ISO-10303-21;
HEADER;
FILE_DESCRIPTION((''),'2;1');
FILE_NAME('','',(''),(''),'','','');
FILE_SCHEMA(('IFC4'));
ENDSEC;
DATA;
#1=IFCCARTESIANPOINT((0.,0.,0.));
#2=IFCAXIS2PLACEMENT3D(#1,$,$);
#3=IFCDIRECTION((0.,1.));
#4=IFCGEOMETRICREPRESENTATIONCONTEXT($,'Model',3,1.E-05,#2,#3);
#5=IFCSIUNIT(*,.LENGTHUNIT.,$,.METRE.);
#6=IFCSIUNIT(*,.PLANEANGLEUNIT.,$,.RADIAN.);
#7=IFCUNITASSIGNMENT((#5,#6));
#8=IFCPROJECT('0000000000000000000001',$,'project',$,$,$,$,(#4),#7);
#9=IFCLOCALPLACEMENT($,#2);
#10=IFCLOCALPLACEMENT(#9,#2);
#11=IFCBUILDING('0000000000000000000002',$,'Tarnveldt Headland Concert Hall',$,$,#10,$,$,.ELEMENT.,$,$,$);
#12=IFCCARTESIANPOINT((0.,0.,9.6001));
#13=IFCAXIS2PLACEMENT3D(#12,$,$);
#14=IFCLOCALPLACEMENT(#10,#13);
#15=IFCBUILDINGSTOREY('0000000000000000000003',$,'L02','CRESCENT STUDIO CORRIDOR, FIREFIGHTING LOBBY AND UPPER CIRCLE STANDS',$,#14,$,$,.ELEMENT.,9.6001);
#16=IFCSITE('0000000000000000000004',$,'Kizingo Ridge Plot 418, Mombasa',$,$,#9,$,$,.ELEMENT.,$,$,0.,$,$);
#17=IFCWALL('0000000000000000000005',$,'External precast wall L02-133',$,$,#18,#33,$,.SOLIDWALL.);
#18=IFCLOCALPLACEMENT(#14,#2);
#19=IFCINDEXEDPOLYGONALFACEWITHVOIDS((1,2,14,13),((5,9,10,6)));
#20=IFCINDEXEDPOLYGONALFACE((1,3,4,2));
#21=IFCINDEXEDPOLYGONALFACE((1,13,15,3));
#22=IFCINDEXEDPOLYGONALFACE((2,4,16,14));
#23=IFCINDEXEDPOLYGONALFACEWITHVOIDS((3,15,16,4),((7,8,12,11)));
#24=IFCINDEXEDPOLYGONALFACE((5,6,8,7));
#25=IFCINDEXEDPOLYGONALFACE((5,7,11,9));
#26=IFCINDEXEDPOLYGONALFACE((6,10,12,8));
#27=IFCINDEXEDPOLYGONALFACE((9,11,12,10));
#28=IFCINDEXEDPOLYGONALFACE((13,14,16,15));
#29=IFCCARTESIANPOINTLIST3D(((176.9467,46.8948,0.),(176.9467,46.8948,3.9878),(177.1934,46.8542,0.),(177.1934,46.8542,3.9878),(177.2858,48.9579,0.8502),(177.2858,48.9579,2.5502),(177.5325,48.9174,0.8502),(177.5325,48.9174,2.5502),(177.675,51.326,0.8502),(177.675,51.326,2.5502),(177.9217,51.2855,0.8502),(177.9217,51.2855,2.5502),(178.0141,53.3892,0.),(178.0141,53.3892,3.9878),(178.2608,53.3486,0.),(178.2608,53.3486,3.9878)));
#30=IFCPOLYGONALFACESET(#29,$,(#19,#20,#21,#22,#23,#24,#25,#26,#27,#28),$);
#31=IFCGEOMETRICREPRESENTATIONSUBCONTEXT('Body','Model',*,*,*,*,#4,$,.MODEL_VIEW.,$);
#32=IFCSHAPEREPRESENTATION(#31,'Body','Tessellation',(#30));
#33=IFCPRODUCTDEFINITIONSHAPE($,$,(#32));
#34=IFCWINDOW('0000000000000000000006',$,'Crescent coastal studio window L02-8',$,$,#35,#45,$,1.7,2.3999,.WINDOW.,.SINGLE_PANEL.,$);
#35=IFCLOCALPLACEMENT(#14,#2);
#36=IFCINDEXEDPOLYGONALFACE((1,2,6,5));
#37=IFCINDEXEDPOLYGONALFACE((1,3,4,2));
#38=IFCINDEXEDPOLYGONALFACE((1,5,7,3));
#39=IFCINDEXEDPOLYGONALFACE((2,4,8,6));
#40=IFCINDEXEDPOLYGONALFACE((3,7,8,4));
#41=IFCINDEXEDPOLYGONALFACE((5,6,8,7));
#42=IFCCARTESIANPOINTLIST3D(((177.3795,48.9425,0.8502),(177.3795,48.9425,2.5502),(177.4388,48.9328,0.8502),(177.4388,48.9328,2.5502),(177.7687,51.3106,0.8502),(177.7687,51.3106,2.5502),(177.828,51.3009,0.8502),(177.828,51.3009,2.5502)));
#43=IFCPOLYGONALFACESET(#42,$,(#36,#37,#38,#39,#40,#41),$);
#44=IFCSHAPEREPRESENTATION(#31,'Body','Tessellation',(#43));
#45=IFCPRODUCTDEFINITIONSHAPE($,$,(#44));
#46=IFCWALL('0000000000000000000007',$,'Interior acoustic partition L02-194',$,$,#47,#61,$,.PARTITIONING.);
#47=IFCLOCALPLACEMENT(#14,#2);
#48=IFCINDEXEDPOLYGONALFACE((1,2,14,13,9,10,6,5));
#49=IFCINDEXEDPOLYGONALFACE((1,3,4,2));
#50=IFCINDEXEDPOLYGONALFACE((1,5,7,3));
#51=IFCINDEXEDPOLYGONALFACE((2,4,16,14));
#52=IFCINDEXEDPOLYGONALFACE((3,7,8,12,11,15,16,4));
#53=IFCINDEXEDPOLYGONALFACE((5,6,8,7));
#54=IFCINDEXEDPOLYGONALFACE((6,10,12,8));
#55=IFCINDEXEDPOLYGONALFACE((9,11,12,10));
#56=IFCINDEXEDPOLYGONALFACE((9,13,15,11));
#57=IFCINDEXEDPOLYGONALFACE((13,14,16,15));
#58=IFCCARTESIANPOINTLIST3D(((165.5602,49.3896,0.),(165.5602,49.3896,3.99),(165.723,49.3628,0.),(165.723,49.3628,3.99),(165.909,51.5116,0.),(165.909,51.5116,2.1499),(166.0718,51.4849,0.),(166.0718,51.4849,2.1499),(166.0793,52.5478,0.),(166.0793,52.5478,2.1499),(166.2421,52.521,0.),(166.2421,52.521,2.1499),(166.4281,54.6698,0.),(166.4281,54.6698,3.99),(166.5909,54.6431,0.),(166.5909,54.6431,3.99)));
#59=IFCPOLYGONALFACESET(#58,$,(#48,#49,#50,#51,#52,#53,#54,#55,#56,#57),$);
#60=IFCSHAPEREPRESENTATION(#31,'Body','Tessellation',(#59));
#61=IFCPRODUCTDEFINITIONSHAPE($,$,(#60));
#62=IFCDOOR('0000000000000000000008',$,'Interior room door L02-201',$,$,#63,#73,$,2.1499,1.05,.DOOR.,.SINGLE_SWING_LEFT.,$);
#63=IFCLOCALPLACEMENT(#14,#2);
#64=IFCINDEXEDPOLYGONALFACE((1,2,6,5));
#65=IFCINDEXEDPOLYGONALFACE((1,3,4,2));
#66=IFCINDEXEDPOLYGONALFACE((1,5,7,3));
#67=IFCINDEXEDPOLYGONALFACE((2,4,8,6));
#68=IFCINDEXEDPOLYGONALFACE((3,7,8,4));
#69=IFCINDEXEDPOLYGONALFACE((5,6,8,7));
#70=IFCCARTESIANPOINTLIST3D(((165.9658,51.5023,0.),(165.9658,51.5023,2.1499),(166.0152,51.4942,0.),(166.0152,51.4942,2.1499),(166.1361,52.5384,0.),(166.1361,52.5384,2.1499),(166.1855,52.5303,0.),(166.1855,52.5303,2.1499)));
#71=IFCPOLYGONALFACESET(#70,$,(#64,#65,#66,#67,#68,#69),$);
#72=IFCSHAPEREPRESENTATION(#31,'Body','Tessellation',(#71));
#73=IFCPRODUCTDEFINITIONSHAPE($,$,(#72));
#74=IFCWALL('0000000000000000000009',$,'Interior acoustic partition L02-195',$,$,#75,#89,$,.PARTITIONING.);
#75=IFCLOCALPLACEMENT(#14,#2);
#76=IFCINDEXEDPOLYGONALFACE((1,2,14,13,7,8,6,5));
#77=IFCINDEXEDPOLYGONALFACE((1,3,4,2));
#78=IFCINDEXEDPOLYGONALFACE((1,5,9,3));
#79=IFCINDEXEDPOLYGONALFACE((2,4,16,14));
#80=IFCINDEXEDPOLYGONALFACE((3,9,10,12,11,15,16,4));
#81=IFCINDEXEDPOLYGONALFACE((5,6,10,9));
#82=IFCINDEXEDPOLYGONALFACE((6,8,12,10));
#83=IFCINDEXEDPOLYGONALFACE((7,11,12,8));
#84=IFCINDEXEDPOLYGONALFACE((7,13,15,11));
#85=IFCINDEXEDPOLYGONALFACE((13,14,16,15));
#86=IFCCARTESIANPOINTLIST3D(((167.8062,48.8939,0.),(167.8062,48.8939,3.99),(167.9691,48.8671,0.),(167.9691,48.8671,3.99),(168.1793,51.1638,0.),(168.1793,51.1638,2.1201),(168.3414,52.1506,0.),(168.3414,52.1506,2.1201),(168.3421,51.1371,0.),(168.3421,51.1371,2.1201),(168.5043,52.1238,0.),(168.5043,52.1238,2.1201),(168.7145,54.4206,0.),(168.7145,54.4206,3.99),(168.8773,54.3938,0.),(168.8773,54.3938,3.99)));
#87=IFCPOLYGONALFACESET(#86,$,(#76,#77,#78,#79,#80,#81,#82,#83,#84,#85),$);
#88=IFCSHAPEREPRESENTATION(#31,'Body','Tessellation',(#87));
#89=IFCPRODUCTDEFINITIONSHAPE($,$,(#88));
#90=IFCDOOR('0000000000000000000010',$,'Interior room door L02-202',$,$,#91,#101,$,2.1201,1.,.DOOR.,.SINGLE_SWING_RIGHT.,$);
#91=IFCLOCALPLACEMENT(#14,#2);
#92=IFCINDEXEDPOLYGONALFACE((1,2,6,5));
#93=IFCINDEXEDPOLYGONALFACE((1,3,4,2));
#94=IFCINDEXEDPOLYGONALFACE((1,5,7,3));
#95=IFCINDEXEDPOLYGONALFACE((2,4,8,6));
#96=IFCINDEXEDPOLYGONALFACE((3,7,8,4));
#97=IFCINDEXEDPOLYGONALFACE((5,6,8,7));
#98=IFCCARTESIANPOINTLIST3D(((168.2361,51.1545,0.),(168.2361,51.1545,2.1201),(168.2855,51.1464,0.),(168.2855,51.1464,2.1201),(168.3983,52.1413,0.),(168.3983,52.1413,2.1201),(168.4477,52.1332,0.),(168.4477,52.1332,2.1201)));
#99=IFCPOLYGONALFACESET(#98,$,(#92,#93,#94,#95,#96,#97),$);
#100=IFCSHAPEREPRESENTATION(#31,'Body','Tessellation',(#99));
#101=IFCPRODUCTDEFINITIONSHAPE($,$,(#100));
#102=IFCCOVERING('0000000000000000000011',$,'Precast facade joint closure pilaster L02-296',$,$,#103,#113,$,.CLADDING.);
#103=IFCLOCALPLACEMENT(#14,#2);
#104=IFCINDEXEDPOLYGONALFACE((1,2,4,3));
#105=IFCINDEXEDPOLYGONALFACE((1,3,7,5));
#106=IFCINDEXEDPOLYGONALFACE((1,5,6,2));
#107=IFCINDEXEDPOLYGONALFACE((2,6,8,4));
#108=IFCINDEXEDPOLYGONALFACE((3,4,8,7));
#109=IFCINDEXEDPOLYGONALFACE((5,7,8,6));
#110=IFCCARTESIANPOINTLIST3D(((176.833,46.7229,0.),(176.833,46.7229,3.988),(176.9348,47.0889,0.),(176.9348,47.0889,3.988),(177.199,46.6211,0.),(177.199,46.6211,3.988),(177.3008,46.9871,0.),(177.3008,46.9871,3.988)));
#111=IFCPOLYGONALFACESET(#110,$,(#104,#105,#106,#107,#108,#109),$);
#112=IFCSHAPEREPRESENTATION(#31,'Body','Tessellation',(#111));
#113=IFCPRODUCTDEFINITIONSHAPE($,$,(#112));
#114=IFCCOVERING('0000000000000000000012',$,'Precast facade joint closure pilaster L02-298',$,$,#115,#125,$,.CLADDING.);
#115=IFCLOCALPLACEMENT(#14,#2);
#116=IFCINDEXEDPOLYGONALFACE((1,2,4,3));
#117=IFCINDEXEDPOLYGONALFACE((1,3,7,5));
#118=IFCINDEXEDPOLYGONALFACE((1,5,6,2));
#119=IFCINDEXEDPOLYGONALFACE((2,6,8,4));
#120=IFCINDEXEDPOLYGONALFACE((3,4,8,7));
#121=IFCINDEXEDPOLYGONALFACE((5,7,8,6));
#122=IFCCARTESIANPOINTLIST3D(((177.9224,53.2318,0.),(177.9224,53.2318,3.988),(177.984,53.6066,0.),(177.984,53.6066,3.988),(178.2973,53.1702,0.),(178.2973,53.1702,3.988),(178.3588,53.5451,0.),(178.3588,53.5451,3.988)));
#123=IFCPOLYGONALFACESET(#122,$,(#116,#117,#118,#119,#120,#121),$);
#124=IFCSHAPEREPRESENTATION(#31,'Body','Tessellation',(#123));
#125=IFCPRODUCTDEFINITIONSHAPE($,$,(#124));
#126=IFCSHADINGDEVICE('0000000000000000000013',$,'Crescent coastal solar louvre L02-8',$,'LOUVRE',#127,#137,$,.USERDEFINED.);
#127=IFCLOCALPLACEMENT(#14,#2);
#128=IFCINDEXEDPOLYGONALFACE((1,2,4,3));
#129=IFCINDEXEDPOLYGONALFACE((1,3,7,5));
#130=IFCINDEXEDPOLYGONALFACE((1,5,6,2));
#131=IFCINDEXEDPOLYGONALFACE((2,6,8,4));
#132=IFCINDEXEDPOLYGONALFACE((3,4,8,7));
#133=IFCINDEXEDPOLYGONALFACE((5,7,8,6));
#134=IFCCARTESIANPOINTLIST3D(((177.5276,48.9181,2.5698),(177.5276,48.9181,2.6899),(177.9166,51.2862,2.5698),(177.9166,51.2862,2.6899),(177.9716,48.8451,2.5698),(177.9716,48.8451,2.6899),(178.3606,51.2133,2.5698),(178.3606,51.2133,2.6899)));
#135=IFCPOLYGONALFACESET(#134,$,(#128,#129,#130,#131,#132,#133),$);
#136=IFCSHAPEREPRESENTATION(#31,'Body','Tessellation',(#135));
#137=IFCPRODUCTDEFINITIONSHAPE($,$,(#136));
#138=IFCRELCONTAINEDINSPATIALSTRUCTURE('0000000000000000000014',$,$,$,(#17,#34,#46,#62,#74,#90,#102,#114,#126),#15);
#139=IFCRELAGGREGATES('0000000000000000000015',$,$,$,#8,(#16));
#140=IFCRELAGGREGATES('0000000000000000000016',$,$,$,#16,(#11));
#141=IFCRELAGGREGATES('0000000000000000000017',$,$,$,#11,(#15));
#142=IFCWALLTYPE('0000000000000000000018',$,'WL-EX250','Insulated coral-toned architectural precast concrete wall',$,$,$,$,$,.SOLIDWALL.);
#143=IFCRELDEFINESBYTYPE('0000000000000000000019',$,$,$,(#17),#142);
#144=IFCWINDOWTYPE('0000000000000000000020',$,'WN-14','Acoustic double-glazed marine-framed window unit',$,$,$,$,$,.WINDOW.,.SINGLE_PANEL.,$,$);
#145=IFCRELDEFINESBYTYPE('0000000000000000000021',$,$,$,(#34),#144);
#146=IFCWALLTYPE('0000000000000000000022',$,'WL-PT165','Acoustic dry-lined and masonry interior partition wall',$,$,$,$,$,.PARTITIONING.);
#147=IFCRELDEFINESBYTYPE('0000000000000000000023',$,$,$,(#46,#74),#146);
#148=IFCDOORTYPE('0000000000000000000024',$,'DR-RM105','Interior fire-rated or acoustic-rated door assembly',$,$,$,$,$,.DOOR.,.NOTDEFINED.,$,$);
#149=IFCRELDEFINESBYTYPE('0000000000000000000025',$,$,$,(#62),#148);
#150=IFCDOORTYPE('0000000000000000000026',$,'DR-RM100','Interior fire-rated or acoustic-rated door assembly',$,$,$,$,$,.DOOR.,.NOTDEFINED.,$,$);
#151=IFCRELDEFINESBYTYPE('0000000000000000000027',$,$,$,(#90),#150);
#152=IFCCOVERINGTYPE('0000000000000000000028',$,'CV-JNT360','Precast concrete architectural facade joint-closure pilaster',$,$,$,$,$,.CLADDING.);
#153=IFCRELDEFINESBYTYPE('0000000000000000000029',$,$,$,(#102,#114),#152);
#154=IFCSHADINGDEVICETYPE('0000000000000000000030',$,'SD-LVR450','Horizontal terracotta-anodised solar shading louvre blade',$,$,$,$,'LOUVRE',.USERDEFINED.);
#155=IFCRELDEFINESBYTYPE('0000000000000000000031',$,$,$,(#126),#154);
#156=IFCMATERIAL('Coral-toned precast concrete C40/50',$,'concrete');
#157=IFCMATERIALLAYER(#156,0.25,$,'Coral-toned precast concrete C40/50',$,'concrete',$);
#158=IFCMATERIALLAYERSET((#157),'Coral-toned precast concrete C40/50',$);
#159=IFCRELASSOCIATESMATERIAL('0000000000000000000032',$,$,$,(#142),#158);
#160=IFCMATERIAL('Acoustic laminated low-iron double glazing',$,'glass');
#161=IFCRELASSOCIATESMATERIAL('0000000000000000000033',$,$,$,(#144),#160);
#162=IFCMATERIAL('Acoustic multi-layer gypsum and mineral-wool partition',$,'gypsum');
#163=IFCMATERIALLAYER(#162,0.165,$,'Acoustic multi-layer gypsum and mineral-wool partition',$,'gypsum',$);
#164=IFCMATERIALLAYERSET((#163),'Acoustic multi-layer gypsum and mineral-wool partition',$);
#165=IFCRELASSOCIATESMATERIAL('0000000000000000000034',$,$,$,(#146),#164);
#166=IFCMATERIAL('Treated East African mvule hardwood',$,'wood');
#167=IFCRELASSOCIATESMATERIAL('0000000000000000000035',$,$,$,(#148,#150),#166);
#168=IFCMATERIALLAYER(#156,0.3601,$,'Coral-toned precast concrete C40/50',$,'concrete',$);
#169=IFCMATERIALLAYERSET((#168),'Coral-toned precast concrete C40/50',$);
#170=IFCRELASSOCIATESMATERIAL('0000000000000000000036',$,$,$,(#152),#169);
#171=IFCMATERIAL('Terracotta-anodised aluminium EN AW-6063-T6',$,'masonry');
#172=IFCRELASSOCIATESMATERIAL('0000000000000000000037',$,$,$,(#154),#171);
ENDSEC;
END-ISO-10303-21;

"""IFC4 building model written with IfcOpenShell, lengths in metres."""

from ifc_helpers import new_model, si_unit, direction, frame, frame_2d, origin, origin_2d, place, context, subcontext, project, spatial, rectangle, extrude, material, layer, layer_set, type_object, element, fill, save


model = new_model("IFC4")

# Units and contexts
model_context = context("Model", 3, precision=1e-05, world=origin(), true_north=direction((0.0, 1.0)))
body_context = subcontext(model_context, "Body", "Model", "MODEL_VIEW")
ifc_project = project(units=[si_unit("LENGTHUNIT", "METRE"), si_unit("PLANEANGLEUNIT", "RADIAN")], contexts=[model_context])

# Site, building, storey
site_placement = place(None, origin())
site = spatial("IfcSite", under=ifc_project, at=site_placement, Name="Kizingo Ridge Plot 418, Mombasa", CompositionType="ELEMENT", RefElevation=0.0)
building_placement = place(site_placement, origin())
building = spatial("IfcBuilding", under=site, at=building_placement, Name="Tarnveldt Headland Concert Hall", CompositionType="ELEMENT")
storey_placement = place(building_placement, frame((0.0, 0.0, 9.6001)))
storey = spatial("IfcBuildingStorey", under=building, at=storey_placement, Name="L02", Description="CRESCENT STUDIO CORRIDOR, FIREFIGHTING LOBBY AND UPPER CIRCLE STANDS", CompositionType="ELEMENT", Elevation=9.6001)

# Shared definitions
ifc_material_1 = material(Name="Acoustic laminated low-iron double glazing", Category="glass")

# Wall, opening, window
ifc_material_2 = material(Name="Coral-toned precast concrete C40/50", Category="concrete")
ifc_layer_1 = layer(ifc_material_2, 0.25, Name="Coral-toned precast concrete C40/50", Category="concrete")
ifc_layer_set_1 = layer_set([ifc_layer_1], Name="Coral-toned precast concrete C40/50")
wall_type_1 = type_object("IfcWallType", Name="WL-EX250", Description="Insulated coral-toned architectural precast concrete wall", PredefinedType="SOLIDWALL", material=ifc_layer_set_1)
wall_1_placement = place(storey_placement, frame((178.1375, 53.3689, 0.0), z_axis=(0.0, 0.0, 1.0), x_axis=(-0.162179, -0.986761, 0.0)))
wall_1 = element("IfcWall", 1, at=wall_1_placement, inside=storey, type_object=wall_type_1, Name="External precast wall L02-133", PredefinedType="SOLIDWALL", context=body_context, shape_type="SweptSolid", body=[
    extrude(rectangle(XDim=6.5815, YDim=0.25, at=frame_2d((3.2908, 0.0))), origin(), (0.0, 0.0, 1.0), 3.9878),
])
opening_1_placement = place(wall_1_placement, frame((2.0908, 0.0, 0.8501)))
opening_1 = element("IfcOpeningElement", 2, at=opening_1_placement, cuts=wall_1, PredefinedType="OPENING", context=body_context, shape_type="SweptSolid", body=[
    extrude(rectangle(XDim=2.3999, YDim=1.7, at=frame_2d((1.2, 0.8501))), frame((0.0, 0.135, 0.0), z_axis=(0.0, -1.0, 0.0), x_axis=(1.0, 0.0, 0.0)), (0.0, 0.0, 1.0), 0.27),
])
window_type = type_object("IfcWindowType", Name="WN-14", Description="Acoustic double-glazed marine-framed window unit", PartitioningType="SINGLE_PANEL", PredefinedType="WINDOW", material=ifc_material_1)
window_placement = place(opening_1_placement, origin())
window = element("IfcWindow", 3, at=window_placement, inside=storey, type_object=window_type, Name="Crescent coastal studio window L02-8", OverallHeight=1.7, OverallWidth=2.3999, PartitioningType="SINGLE_PANEL", PredefinedType="WINDOW", context=body_context, shape_type="SweptSolid", body=[
    extrude(rectangle(XDim=2.3999, YDim=1.7, at=frame_2d((1.2, 0.8501))), frame((0.0, 0.03, 0.0), z_axis=(0.0, -1.0, 0.0), x_axis=(1.0, 0.0, 0.0)), (0.0, 0.0, 1.0), 0.0601),
])
fill(opening_1, window)

# Walls, openings, doors
ifc_material_3 = material(Name="Acoustic multi-layer gypsum and mineral-wool partition", Category="gypsum")
ifc_layer_2 = layer(ifc_material_3, 0.165, Name="Acoustic multi-layer gypsum and mineral-wool partition", Category="gypsum")
ifc_layer_set_2 = layer_set([ifc_layer_2], Name="Acoustic multi-layer gypsum and mineral-wool partition")
wall_type_2 = type_object("IfcWallType", Name="WL-PT165", Description="Acoustic dry-lined and masonry interior partition wall", PredefinedType="PARTITIONING", material=ifc_layer_set_2)
wall_2_placement = place(storey_placement, frame((165.6416, 49.3762, 0.0), z_axis=(0.0, 0.0, 1.0), x_axis=(0.162194, 0.986759, 0.0)))
wall_2 = element("IfcWall", 4, at=wall_2_placement, inside=storey, type_object=wall_type_2, Name="Interior acoustic partition L02-194", PredefinedType="PARTITIONING", context=body_context, shape_type="SweptSolid", body=[
    extrude(rectangle(XDim=5.3511, YDim=0.165, at=frame_2d((2.6755, 0.0))), origin(), (0.0, 0.0, 1.0), 3.99),
])
opening_2_placement = place(wall_2_placement, frame((2.1506, 0.0, 0.0)))
opening_2 = element("IfcOpeningElement", 5, at=opening_2_placement, cuts=wall_2, PredefinedType="OPENING", context=body_context, shape_type="SweptSolid", body=[
    extrude(rectangle(XDim=1.05, YDim=2.1499, at=frame_2d((0.5249, 1.075))), frame((0.0, 0.0925, 0.0), z_axis=(0.0, -1.0, 0.0), x_axis=(1.0, 0.0, 0.0)), (0.0, 0.0, 1.0), 0.1851),
])
ifc_material_4 = material(Name="Treated East African mvule hardwood", Category="wood")
door_type_1 = type_object("IfcDoorType", Name="DR-RM105", Description="Interior fire-rated or acoustic-rated door assembly", OperationType="NOTDEFINED", PredefinedType="DOOR", material=ifc_material_4)
door_1_placement = place(opening_2_placement, origin())
door_1 = element("IfcDoor", 6, at=door_1_placement, inside=storey, type_object=door_type_1, Name="Interior room door L02-201", OperationType="SINGLE_SWING_LEFT", OverallHeight=2.1499, OverallWidth=1.05, PredefinedType="DOOR", context=body_context, shape_type="SweptSolid", body=[
    extrude(rectangle(XDim=1.05, YDim=2.1499, at=frame_2d((0.5249, 1.075))), frame((0.0, 0.0249, 0.0), z_axis=(0.0, -1.0, 0.0), x_axis=(1.0, 0.0, 0.0)), (0.0, 0.0, 1.0), 0.05),
])
fill(opening_2, door_1)
wall_3_placement = place(storey_placement, frame((167.8877, 48.8806, 0.0), z_axis=(0.0, 0.0, 1.0), x_axis=(0.162158, 0.986765, 0.0)))
wall_3 = element("IfcWall", 7, at=wall_3_placement, inside=storey, type_object=wall_type_2, Name="Interior acoustic partition L02-195", PredefinedType="PARTITIONING", context=body_context, shape_type="SweptSolid", body=[
    extrude(rectangle(XDim=5.6008, YDim=0.165, at=frame_2d((2.8003, 0.0))), origin(), (0.0, 0.0, 1.0), 3.99),
])
opening_3_placement = place(wall_3_placement, frame((2.3003, 0.0, 0.0)))
opening_3 = element("IfcOpeningElement", 8, at=opening_3_placement, cuts=wall_3, PredefinedType="OPENING", context=body_context, shape_type="SweptSolid", body=[
    extrude(rectangle(XDim=1.0, YDim=2.1201, at=frame_2d((0.5, 1.0601))), frame((0.0, 0.0925, 0.0), z_axis=(0.0, -1.0, 0.0), x_axis=(1.0, 0.0, 0.0)), (0.0, 0.0, 1.0), 0.1851),
])
door_type_2 = type_object("IfcDoorType", Name="DR-RM100", Description="Interior fire-rated or acoustic-rated door assembly", OperationType="NOTDEFINED", PredefinedType="DOOR", material=ifc_material_4)
door_2_placement = place(opening_3_placement, origin())
door_2 = element("IfcDoor", 9, at=door_2_placement, inside=storey, type_object=door_type_2, Name="Interior room door L02-202", OperationType="SINGLE_SWING_RIGHT", OverallHeight=2.1201, OverallWidth=1.0, PredefinedType="DOOR", context=body_context, shape_type="SweptSolid", body=[
    extrude(rectangle(XDim=1.0, YDim=2.1201, at=frame_2d((0.5, 1.0601))), frame((0.0, 0.0249, 0.0), z_axis=(0.0, -1.0, 0.0), x_axis=(1.0, 0.0, 0.0)), (0.0, 0.0, 1.0), 0.05),
])
fill(opening_3, door_2)

# Coverings
ifc_layer_3 = layer(ifc_material_2, 0.3601, Name="Coral-toned precast concrete C40/50", Category="concrete")
ifc_layer_set_3 = layer_set([ifc_layer_3], Name="Coral-toned precast concrete C40/50")
covering_type = type_object("IfcCoveringType", Name="CV-JNT360", Description="Precast concrete architectural facade joint-closure pilaster", PredefinedType="CLADDING", material=ifc_layer_set_3)
for number, where, z_axis, x_axis, name in (
    (10, (177.0669, 46.855, 0.0), (0.0, 0.0, 1.0), (-0.268079, -0.963397, 0.0), "Precast facade joint closure pilaster L02-296"),
    (11, (178.1406, 53.3884, 0.0), (0.0, 0.0, 1.0), (-0.162121, -0.986771, 0.0), "Precast facade joint closure pilaster L02-298"),
):
    element("IfcCovering", number, at=place(storey_placement, frame(where, z_axis=z_axis, x_axis=x_axis)), inside=storey, type_object=covering_type, Name=name, PredefinedType="CLADDING", context=body_context, shape_type="SweptSolid", body=[
        extrude(rectangle(XDim=0.3799, YDim=0.3799, at=origin_2d()), origin(), (0.0, 0.0, 1.0), 3.988),
    ])

# Shading device
ifc_material_5 = material(Name="Terracotta-anodised aluminium EN AW-6063-T6", Category="masonry")
shading_device_type = type_object("IfcShadingDeviceType", Name="SD-LVR450", Description="Horizontal terracotta-anodised solar shading louvre blade", ElementType="LOUVRE", PredefinedType="USERDEFINED", material=ifc_material_5)
shading_device_placement = place(storey_placement, frame((177.9441, 50.0657, 2.5698), z_axis=(0.0, 0.0, 1.0), x_axis=(0.986771, -0.162121, 0.0)))
element("IfcShadingDevice", 12, at=shading_device_placement, inside=storey, type_object=shading_device_type, Name="Crescent coastal solar louvre L02-8", ObjectType="LOUVRE", PredefinedType="USERDEFINED", context=body_context, shape_type="SweptSolid", body=[
    extrude(rectangle(XDim=0.45, YDim=2.3999, at=origin_2d()), origin(), (0.0, 0.0, 1.0), 0.1201),
])

save(model, "model.ifc")
